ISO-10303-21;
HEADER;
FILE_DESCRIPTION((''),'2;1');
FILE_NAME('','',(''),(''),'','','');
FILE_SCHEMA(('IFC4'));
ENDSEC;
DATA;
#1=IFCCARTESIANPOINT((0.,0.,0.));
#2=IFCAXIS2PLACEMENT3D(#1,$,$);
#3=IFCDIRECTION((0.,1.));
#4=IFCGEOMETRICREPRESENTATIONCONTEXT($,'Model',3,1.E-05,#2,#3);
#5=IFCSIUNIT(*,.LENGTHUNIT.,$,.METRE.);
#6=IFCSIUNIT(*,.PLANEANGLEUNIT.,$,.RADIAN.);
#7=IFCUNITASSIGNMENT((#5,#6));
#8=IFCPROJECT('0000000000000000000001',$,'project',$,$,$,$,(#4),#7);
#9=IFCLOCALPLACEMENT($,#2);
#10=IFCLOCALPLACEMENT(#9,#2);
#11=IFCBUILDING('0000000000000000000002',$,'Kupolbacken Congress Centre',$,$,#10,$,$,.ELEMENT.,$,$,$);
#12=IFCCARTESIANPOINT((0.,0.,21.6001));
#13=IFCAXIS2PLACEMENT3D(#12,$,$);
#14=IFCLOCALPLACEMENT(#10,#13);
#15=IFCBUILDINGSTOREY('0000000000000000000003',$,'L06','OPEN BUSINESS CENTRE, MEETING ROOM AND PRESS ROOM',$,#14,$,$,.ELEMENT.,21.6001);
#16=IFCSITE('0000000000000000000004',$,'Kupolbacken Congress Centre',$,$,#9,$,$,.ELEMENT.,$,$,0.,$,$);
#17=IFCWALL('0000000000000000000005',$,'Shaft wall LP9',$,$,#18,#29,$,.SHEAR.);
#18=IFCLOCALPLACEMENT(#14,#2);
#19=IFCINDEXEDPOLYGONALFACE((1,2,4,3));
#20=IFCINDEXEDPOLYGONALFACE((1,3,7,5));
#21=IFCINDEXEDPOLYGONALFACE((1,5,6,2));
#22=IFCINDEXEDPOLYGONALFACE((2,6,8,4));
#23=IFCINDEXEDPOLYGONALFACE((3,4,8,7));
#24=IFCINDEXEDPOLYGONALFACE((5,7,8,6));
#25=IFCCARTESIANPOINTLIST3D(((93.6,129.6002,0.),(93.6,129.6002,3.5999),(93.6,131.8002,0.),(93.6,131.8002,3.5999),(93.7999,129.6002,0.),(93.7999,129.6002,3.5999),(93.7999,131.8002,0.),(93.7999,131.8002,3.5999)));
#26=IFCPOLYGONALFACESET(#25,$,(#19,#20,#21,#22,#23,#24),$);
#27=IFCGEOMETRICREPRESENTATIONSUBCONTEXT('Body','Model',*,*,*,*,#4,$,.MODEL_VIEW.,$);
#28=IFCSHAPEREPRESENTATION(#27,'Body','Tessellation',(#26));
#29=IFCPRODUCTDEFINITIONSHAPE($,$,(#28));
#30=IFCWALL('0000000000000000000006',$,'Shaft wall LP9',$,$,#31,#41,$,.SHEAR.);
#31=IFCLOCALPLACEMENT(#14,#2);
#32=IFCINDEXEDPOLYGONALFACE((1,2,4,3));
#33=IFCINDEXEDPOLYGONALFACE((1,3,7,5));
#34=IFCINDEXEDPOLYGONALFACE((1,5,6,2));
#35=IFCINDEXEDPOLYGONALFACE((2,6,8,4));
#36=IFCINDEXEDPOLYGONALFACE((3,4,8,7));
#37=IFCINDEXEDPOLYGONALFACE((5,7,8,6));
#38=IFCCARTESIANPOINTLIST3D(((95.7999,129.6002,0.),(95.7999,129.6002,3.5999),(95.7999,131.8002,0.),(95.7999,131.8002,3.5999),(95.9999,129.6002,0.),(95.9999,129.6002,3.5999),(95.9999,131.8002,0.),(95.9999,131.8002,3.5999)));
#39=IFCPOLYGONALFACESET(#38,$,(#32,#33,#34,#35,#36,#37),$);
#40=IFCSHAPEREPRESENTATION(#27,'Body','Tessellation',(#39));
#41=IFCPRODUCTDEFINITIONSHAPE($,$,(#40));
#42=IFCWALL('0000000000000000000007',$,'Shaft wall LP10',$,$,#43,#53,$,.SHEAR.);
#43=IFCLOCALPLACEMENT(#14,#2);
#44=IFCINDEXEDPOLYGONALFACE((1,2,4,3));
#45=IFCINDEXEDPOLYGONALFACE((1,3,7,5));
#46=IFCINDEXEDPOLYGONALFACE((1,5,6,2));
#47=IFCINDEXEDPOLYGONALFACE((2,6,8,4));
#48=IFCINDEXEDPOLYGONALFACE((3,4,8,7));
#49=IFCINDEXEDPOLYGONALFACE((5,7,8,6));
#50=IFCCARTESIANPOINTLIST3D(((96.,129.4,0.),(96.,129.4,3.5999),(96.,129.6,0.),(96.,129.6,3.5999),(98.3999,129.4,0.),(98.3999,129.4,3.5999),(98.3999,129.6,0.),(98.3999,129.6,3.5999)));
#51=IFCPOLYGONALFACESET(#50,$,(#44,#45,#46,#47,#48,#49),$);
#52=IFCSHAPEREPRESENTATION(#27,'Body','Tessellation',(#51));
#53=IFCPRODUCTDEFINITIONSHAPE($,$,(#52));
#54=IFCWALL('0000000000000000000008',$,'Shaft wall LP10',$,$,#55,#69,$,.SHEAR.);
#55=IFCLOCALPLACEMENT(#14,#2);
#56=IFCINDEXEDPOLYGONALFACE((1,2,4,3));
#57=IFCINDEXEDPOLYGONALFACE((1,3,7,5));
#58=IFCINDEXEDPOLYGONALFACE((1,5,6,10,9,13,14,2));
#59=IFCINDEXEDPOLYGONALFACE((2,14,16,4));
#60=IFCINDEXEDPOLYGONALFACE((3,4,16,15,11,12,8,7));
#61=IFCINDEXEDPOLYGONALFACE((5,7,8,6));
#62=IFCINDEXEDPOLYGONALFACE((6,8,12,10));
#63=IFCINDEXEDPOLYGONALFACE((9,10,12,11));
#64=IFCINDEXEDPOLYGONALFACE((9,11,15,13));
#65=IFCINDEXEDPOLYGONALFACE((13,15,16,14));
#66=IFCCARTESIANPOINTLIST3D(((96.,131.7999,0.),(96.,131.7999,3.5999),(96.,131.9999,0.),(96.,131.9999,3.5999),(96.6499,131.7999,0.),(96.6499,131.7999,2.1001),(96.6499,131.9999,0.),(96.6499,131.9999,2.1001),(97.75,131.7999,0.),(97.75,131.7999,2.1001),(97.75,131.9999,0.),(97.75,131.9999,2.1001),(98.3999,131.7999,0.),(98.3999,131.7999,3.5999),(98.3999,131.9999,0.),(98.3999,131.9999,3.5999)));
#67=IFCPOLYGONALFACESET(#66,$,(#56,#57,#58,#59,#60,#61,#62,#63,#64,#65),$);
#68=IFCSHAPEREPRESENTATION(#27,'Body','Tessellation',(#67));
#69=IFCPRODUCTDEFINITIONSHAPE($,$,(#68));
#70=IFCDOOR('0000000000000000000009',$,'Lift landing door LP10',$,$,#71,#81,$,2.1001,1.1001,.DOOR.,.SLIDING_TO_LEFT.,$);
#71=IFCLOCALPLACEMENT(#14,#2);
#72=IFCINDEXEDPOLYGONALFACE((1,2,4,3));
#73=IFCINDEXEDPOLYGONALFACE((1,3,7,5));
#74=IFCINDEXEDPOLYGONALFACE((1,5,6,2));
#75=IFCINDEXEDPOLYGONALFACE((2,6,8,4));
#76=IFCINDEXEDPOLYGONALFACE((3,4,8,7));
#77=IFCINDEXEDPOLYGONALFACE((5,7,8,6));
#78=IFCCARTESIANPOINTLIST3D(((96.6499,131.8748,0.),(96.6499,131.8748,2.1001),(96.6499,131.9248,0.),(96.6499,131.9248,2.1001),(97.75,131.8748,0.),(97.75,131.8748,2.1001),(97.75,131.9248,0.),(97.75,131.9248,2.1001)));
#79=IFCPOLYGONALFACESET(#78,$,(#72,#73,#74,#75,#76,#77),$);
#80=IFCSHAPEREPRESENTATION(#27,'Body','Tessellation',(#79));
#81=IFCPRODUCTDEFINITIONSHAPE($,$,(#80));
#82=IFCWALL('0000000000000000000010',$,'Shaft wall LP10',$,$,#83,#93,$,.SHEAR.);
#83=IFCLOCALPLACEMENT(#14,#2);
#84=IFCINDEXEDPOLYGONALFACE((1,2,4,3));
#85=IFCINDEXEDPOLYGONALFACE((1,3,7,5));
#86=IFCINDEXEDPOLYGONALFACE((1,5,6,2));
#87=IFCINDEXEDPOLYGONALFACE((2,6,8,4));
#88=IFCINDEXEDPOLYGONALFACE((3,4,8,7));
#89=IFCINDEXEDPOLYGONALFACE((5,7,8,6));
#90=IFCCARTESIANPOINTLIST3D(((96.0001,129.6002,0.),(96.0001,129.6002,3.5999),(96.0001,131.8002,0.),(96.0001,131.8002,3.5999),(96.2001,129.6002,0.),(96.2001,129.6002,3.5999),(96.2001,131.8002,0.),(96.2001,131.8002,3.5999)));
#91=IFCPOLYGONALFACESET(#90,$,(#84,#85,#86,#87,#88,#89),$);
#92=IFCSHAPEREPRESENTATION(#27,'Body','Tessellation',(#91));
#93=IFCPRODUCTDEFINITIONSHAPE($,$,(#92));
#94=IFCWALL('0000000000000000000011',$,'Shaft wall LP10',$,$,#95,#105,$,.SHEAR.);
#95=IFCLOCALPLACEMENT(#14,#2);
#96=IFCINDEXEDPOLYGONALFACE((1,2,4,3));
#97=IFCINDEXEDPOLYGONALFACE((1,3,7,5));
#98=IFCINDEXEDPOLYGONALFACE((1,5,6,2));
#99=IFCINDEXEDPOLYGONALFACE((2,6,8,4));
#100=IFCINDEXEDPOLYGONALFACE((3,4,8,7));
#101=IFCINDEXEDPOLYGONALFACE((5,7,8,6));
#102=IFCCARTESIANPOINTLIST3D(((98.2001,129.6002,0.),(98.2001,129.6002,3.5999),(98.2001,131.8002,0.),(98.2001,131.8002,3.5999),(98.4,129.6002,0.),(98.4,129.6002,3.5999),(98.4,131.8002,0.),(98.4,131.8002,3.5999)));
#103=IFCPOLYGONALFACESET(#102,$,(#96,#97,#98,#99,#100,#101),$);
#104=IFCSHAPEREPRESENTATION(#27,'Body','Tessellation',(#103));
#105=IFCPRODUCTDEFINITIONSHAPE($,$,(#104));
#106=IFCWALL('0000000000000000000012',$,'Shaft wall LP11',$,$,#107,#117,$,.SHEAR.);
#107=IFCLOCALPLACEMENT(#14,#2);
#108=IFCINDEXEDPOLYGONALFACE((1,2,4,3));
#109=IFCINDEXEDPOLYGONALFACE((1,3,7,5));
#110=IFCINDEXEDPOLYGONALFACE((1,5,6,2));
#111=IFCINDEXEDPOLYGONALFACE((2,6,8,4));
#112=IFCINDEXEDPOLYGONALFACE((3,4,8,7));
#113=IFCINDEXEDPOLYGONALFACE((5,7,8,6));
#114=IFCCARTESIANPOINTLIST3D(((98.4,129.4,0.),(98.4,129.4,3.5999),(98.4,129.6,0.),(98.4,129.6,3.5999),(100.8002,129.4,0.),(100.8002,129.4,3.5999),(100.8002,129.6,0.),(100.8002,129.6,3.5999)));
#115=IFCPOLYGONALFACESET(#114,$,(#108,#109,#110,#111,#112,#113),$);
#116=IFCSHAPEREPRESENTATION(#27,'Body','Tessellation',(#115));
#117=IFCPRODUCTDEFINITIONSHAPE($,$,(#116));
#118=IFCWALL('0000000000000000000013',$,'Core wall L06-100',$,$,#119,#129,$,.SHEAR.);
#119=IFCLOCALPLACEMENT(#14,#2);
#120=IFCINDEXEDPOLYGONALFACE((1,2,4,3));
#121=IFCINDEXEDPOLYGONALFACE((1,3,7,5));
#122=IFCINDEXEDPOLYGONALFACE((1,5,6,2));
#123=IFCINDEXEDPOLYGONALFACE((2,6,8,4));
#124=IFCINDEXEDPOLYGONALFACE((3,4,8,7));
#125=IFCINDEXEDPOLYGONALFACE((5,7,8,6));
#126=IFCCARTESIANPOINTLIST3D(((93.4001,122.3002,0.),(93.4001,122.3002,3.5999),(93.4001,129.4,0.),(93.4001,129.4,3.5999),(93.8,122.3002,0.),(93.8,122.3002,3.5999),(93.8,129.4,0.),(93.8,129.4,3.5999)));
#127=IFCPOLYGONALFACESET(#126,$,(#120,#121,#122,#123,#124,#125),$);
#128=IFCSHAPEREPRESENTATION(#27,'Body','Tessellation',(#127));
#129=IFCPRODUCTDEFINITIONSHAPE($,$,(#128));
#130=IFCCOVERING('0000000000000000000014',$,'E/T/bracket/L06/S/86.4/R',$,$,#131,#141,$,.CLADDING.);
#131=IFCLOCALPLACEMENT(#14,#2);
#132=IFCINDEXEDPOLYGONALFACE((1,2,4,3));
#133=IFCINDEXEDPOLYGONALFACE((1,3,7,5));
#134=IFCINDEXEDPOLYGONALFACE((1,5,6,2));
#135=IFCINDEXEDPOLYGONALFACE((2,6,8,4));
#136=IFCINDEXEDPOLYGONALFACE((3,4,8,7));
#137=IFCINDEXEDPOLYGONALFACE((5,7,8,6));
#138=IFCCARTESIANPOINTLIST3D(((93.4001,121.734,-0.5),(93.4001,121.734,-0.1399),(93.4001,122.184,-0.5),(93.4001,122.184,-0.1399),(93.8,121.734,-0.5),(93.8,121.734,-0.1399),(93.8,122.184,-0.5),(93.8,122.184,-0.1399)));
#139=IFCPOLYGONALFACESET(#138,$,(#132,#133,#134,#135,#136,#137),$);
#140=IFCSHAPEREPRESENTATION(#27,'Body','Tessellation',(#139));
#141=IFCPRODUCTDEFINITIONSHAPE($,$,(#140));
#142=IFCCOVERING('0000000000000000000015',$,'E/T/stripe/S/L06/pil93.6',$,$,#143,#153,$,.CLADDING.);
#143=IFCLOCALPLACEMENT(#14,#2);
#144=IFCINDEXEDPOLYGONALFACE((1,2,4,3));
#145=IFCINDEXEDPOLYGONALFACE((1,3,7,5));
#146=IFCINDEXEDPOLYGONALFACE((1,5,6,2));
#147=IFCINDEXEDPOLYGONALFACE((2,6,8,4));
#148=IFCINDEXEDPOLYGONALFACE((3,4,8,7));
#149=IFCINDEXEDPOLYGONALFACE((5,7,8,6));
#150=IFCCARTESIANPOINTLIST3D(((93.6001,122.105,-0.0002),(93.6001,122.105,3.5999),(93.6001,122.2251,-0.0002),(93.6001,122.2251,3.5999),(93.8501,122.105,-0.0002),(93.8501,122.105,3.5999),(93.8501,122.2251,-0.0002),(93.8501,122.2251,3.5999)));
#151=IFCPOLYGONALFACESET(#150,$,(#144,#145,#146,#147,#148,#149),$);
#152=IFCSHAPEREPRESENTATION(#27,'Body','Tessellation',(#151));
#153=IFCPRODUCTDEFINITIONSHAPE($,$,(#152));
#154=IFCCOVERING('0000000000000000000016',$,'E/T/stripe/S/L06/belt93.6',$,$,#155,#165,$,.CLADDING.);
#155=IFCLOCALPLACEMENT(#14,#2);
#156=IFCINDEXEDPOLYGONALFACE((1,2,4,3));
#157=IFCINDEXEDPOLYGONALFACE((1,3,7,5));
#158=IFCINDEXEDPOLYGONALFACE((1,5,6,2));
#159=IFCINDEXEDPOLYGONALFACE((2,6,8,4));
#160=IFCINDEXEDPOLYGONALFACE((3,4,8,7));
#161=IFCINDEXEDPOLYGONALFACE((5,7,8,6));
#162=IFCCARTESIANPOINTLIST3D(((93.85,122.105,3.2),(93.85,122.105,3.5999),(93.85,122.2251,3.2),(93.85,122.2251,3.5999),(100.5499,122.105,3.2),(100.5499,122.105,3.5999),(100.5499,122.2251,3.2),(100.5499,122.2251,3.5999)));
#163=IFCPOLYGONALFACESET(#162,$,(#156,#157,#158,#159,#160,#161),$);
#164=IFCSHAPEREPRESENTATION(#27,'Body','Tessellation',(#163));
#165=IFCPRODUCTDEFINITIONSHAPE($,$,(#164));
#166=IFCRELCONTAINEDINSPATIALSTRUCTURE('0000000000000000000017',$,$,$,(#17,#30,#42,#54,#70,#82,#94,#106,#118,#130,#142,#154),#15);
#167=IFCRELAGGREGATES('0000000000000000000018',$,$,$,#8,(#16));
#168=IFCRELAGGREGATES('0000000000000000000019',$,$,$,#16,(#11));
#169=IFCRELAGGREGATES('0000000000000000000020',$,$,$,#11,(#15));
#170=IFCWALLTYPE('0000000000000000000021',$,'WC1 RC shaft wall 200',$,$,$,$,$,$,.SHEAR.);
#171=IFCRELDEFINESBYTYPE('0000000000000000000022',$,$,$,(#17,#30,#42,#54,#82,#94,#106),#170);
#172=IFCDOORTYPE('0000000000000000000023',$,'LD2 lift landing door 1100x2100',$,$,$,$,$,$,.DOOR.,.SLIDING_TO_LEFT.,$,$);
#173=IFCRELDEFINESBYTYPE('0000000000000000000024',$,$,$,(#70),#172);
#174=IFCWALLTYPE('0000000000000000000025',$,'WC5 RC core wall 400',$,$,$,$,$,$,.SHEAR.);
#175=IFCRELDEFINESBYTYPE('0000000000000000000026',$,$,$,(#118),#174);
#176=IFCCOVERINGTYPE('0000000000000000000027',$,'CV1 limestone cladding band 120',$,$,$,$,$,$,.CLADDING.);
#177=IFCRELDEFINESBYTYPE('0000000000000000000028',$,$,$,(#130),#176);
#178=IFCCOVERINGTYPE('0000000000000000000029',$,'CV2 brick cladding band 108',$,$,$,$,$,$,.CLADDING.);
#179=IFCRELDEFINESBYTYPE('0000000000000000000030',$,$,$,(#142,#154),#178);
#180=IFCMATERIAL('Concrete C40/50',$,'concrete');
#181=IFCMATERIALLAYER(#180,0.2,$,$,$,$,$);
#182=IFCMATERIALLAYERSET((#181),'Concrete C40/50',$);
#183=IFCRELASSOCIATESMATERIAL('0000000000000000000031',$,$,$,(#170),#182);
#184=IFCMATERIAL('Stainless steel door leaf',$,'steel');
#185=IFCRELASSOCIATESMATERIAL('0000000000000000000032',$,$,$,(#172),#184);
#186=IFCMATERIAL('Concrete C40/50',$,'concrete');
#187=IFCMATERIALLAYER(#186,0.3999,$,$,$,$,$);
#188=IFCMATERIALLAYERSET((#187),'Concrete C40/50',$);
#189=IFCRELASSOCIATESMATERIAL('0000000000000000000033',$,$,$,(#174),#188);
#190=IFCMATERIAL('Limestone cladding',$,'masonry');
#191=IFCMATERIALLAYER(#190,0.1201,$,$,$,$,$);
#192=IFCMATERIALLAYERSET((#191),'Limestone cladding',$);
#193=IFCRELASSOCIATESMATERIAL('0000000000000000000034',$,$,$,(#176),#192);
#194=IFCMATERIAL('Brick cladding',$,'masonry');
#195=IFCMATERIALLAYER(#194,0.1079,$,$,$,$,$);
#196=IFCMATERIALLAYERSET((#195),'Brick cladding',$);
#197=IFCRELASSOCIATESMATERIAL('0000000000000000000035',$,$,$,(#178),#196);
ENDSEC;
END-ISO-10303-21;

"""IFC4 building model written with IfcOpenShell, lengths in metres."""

from ifc_helpers import new_model, si_unit, direction, frame, frame_2d, origin, origin_2d, place, context, subcontext, project, spatial, rectangle, extrude, material, layer, layer_set, type_object, element, fill, save


model = new_model("IFC4")

# Units and contexts
model_context = context("Model", 3, precision=1e-05, world=origin(), true_north=direction((0.0, 1.0)))
body_context = subcontext(model_context, "Body", "Model", "MODEL_VIEW")
ifc_project = project(units=[si_unit("LENGTHUNIT", "METRE"), si_unit("PLANEANGLEUNIT", "RADIAN")], contexts=[model_context])

# Site, building, storey
site_placement = place(None, origin())
site = spatial("IfcSite", under=ifc_project, at=site_placement, Name="Kupolbacken Congress Centre", CompositionType="ELEMENT", RefElevation=0.0)
building_placement = place(site_placement, origin())
building = spatial("IfcBuilding", under=site, at=building_placement, Name="Kupolbacken Congress Centre", CompositionType="ELEMENT")
storey_placement = place(building_placement, frame((0.0, 0.0, 21.6001)))
storey = spatial("IfcBuildingStorey", under=building, at=storey_placement, Name="L06", Description="OPEN BUSINESS CENTRE, MEETING ROOM AND PRESS ROOM", CompositionType="ELEMENT", Elevation=21.6001)

# Shared definitions
ifc_material_1 = material(Name="Concrete C40/50", Category="concrete")
ifc_layer_1 = layer(ifc_material_1, 0.2)
ifc_layer_set_1 = layer_set([ifc_layer_1], Name="Concrete C40/50")
wall_type_1 = type_object("IfcWallType", Name="WC1 RC shaft wall 200", PredefinedType="SHEAR", material=ifc_layer_set_1)

# Shared definitions
ifc_material_2 = material(Name="Stainless steel door leaf", Category="steel")
door_type = type_object("IfcDoorType", Name="LD2 lift landing door 1100x2100", OperationType="SLIDING_TO_LEFT", PredefinedType="DOOR", material=ifc_material_2)

# Walls
for number, where, z_axis, x_axis, name in (
    (1, (93.7, 129.6001, 0.0), (0.0, 0.0, 1.0), (0.0, 1.0, 0.0), "Shaft wall LP9"),
    (2, (95.8999, 129.6001, 0.0), (0.0, 0.0, 1.0), (0.0, 1.0, 0.0), "Shaft wall LP9"),
):
    element("IfcWall", number, at=place(storey_placement, frame(where, z_axis=z_axis, x_axis=x_axis)), inside=storey, type_object=wall_type_1, Name=name, PredefinedType="SHEAR", context=body_context, shape_type="SweptSolid", body=[
        extrude(rectangle(XDim=2.2, YDim=0.2, at=frame_2d((1.1001, 0.0))), origin(), (0.0, 0.0, 1.0), 3.5999),
    ])
wall_1_placement = place(storey_placement, frame((96.0, 129.5, 0.0), z_axis=(0.0, 0.0, 1.0), x_axis=(1.0, 0.0, 0.0)))
element("IfcWall", 3, at=wall_1_placement, inside=storey, type_object=wall_type_1, Name="Shaft wall LP10", PredefinedType="SHEAR", context=body_context, shape_type="SweptSolid", body=[
    extrude(rectangle(XDim=2.3999, YDim=0.2, at=frame_2d((1.2, 0.0))), origin(), (0.0, 0.0, 1.0), 3.5999),
])

# Wall, opening, door
wall_2_placement = place(storey_placement, frame((96.0, 131.8999, 0.0), z_axis=(0.0, 0.0, 1.0), x_axis=(1.0, 0.0, 0.0)))
wall_2 = element("IfcWall", 4, at=wall_2_placement, inside=storey, type_object=wall_type_1, Name="Shaft wall LP10", PredefinedType="SHEAR", context=body_context, shape_type="SweptSolid", body=[
    extrude(rectangle(XDim=2.3999, YDim=0.2, at=frame_2d((1.2, 0.0))), origin(), (0.0, 0.0, 1.0), 3.5999),
])
opening_1_placement = place(wall_2_placement, frame((0.6499, 0.0, 0.0)))
opening_1 = element("IfcOpeningElement", 5, at=opening_1_placement, cuts=wall_2, PredefinedType="OPENING", context=body_context, shape_type="SweptSolid", body=[
    extrude(rectangle(XDim=1.1001, YDim=2.1001, at=frame_2d((0.55, 1.05))), frame((0.0, 0.1099, 0.0), z_axis=(0.0, -1.0, 0.0), x_axis=(1.0, 0.0, 0.0)), (0.0, 0.0, 1.0), 0.22),
])
door_1_placement = place(opening_1_placement, origin())
door_1 = element("IfcDoor", 6, at=door_1_placement, inside=storey, type_object=door_type, Name="Lift landing door LP10", OperationType="SLIDING_TO_LEFT", OverallHeight=2.1001, OverallWidth=1.1001, PredefinedType="DOOR", context=body_context, shape_type="SweptSolid", body=[
    extrude(rectangle(XDim=1.1001, YDim=2.1001, at=frame_2d((0.55, 1.05))), frame((0.0, 0.0249, 0.0), z_axis=(0.0, -1.0, 0.0), x_axis=(1.0, 0.0, 0.0)), (0.0, 0.0, 1.0), 0.05),
])
fill(opening_1, door_1)

# Walls
for number, where, z_axis, x_axis, name in (
    (7, (96.1001, 129.6001, 0.0), (0.0, 0.0, 1.0), (0.0, 1.0, 0.0), "Shaft wall LP10"),
    (8, (98.3, 129.6001, 0.0), (0.0, 0.0, 1.0), (0.0, 1.0, 0.0), "Shaft wall LP10"),
):
    element("IfcWall", number, at=place(storey_placement, frame(where, z_axis=z_axis, x_axis=x_axis)), inside=storey, type_object=wall_type_1, Name=name, PredefinedType="SHEAR", context=body_context, shape_type="SweptSolid", body=[
        extrude(rectangle(XDim=2.2, YDim=0.2, at=frame_2d((1.1001, 0.0))), origin(), (0.0, 0.0, 1.0), 3.5999),
    ])
wall_3_placement = place(storey_placement, frame((98.3999, 129.5, 0.0), z_axis=(0.0, 0.0, 1.0), x_axis=(1.0, 0.0, 0.0)))
element("IfcWall", 9, at=wall_3_placement, inside=storey, type_object=wall_type_1, Name="Shaft wall LP11", PredefinedType="SHEAR", context=body_context, shape_type="SweptSolid", body=[
    extrude(rectangle(XDim=2.4001, YDim=0.2, at=frame_2d((1.2002, 0.0))), origin(), (0.0, 0.0, 1.0), 3.5999),
])
ifc_material_3 = material(Name="Concrete C40/50", Category="concrete")
ifc_layer_2 = layer(ifc_material_3, 0.3999)
ifc_layer_set_2 = layer_set([ifc_layer_2], Name="Concrete C40/50")
wall_type_2 = type_object("IfcWallType", Name="WC5 RC core wall 400", PredefinedType="SHEAR", material=ifc_layer_set_2)
wall_4_placement = place(storey_placement, frame((93.6001, 129.3999, 0.0), z_axis=(0.0, 0.0, 1.0), x_axis=(0.0, -1.0, 0.0)))
element("IfcWall", 10, at=wall_4_placement, inside=storey, type_object=wall_type_2, Name="Core wall L06-100", PredefinedType="SHEAR", context=body_context, shape_type="SweptSolid", body=[
    extrude(rectangle(XDim=7.0999, YDim=0.3999, at=frame_2d((3.5498, 0.0))), origin(), (0.0, 0.0, 1.0), 3.5999),
])

# Coverings
ifc_material_4 = material(Name="Limestone cladding", Category="masonry")
ifc_layer_3 = layer(ifc_material_4, 0.1201)
ifc_layer_set_3 = layer_set([ifc_layer_3], Name="Limestone cladding")
covering_type_1 = type_object("IfcCoveringType", Name="CV1 limestone cladding band 120", PredefinedType="CLADDING", material=ifc_layer_set_3)
covering_1_placement = place(storey_placement, frame((93.6001, 121.959, -0.5), z_axis=(0.0, 0.0, 1.0), x_axis=(1.0, 0.0, 0.0)))
element("IfcCovering", 11, at=covering_1_placement, inside=storey, type_object=covering_type_1, Name="E/T/bracket/L06/S/86.4/R", PredefinedType="CLADDING", context=body_context, shape_type="SweptSolid", body=[
    extrude(rectangle(XDim=0.3999, YDim=0.45, at=origin_2d()), origin(), (0.0, 0.0, 1.0), 0.3601),
])
ifc_material_5 = material(Name="Brick cladding", Category="masonry")
ifc_layer_4 = layer(ifc_material_5, 0.1079)
ifc_layer_set_4 = layer_set([ifc_layer_4], Name="Brick cladding")
covering_type_2 = type_object("IfcCoveringType", Name="CV2 brick cladding band 108", PredefinedType="CLADDING", material=ifc_layer_set_4)
covering_2_placement = place(storey_placement, frame((93.7251, 122.165, -0.0002), z_axis=(0.0, 0.0, 1.0), x_axis=(1.0, 0.0, 0.0)))
element("IfcCovering", 12, at=covering_2_placement, inside=storey, type_object=covering_type_2, Name="E/T/stripe/S/L06/pil93.6", PredefinedType="CLADDING", context=body_context, shape_type="SweptSolid", body=[
    extrude(rectangle(XDim=0.25, YDim=0.1201, at=origin_2d()), origin(), (0.0, 0.0, 1.0), 3.6001),
])
covering_3_placement = place(storey_placement, frame((97.2, 122.165, 3.2), z_axis=(0.0, 0.0, 1.0), x_axis=(1.0, 0.0, 0.0)))
element("IfcCovering", 13, at=covering_3_placement, inside=storey, type_object=covering_type_2, Name="E/T/stripe/S/L06/belt93.6", PredefinedType="CLADDING", context=body_context, shape_type="SweptSolid", body=[
    extrude(rectangle(XDim=6.7, YDim=0.1201, at=origin_2d()), origin(), (0.0, 0.0, 1.0), 0.3999),
])

save(model, "model.ifc")
